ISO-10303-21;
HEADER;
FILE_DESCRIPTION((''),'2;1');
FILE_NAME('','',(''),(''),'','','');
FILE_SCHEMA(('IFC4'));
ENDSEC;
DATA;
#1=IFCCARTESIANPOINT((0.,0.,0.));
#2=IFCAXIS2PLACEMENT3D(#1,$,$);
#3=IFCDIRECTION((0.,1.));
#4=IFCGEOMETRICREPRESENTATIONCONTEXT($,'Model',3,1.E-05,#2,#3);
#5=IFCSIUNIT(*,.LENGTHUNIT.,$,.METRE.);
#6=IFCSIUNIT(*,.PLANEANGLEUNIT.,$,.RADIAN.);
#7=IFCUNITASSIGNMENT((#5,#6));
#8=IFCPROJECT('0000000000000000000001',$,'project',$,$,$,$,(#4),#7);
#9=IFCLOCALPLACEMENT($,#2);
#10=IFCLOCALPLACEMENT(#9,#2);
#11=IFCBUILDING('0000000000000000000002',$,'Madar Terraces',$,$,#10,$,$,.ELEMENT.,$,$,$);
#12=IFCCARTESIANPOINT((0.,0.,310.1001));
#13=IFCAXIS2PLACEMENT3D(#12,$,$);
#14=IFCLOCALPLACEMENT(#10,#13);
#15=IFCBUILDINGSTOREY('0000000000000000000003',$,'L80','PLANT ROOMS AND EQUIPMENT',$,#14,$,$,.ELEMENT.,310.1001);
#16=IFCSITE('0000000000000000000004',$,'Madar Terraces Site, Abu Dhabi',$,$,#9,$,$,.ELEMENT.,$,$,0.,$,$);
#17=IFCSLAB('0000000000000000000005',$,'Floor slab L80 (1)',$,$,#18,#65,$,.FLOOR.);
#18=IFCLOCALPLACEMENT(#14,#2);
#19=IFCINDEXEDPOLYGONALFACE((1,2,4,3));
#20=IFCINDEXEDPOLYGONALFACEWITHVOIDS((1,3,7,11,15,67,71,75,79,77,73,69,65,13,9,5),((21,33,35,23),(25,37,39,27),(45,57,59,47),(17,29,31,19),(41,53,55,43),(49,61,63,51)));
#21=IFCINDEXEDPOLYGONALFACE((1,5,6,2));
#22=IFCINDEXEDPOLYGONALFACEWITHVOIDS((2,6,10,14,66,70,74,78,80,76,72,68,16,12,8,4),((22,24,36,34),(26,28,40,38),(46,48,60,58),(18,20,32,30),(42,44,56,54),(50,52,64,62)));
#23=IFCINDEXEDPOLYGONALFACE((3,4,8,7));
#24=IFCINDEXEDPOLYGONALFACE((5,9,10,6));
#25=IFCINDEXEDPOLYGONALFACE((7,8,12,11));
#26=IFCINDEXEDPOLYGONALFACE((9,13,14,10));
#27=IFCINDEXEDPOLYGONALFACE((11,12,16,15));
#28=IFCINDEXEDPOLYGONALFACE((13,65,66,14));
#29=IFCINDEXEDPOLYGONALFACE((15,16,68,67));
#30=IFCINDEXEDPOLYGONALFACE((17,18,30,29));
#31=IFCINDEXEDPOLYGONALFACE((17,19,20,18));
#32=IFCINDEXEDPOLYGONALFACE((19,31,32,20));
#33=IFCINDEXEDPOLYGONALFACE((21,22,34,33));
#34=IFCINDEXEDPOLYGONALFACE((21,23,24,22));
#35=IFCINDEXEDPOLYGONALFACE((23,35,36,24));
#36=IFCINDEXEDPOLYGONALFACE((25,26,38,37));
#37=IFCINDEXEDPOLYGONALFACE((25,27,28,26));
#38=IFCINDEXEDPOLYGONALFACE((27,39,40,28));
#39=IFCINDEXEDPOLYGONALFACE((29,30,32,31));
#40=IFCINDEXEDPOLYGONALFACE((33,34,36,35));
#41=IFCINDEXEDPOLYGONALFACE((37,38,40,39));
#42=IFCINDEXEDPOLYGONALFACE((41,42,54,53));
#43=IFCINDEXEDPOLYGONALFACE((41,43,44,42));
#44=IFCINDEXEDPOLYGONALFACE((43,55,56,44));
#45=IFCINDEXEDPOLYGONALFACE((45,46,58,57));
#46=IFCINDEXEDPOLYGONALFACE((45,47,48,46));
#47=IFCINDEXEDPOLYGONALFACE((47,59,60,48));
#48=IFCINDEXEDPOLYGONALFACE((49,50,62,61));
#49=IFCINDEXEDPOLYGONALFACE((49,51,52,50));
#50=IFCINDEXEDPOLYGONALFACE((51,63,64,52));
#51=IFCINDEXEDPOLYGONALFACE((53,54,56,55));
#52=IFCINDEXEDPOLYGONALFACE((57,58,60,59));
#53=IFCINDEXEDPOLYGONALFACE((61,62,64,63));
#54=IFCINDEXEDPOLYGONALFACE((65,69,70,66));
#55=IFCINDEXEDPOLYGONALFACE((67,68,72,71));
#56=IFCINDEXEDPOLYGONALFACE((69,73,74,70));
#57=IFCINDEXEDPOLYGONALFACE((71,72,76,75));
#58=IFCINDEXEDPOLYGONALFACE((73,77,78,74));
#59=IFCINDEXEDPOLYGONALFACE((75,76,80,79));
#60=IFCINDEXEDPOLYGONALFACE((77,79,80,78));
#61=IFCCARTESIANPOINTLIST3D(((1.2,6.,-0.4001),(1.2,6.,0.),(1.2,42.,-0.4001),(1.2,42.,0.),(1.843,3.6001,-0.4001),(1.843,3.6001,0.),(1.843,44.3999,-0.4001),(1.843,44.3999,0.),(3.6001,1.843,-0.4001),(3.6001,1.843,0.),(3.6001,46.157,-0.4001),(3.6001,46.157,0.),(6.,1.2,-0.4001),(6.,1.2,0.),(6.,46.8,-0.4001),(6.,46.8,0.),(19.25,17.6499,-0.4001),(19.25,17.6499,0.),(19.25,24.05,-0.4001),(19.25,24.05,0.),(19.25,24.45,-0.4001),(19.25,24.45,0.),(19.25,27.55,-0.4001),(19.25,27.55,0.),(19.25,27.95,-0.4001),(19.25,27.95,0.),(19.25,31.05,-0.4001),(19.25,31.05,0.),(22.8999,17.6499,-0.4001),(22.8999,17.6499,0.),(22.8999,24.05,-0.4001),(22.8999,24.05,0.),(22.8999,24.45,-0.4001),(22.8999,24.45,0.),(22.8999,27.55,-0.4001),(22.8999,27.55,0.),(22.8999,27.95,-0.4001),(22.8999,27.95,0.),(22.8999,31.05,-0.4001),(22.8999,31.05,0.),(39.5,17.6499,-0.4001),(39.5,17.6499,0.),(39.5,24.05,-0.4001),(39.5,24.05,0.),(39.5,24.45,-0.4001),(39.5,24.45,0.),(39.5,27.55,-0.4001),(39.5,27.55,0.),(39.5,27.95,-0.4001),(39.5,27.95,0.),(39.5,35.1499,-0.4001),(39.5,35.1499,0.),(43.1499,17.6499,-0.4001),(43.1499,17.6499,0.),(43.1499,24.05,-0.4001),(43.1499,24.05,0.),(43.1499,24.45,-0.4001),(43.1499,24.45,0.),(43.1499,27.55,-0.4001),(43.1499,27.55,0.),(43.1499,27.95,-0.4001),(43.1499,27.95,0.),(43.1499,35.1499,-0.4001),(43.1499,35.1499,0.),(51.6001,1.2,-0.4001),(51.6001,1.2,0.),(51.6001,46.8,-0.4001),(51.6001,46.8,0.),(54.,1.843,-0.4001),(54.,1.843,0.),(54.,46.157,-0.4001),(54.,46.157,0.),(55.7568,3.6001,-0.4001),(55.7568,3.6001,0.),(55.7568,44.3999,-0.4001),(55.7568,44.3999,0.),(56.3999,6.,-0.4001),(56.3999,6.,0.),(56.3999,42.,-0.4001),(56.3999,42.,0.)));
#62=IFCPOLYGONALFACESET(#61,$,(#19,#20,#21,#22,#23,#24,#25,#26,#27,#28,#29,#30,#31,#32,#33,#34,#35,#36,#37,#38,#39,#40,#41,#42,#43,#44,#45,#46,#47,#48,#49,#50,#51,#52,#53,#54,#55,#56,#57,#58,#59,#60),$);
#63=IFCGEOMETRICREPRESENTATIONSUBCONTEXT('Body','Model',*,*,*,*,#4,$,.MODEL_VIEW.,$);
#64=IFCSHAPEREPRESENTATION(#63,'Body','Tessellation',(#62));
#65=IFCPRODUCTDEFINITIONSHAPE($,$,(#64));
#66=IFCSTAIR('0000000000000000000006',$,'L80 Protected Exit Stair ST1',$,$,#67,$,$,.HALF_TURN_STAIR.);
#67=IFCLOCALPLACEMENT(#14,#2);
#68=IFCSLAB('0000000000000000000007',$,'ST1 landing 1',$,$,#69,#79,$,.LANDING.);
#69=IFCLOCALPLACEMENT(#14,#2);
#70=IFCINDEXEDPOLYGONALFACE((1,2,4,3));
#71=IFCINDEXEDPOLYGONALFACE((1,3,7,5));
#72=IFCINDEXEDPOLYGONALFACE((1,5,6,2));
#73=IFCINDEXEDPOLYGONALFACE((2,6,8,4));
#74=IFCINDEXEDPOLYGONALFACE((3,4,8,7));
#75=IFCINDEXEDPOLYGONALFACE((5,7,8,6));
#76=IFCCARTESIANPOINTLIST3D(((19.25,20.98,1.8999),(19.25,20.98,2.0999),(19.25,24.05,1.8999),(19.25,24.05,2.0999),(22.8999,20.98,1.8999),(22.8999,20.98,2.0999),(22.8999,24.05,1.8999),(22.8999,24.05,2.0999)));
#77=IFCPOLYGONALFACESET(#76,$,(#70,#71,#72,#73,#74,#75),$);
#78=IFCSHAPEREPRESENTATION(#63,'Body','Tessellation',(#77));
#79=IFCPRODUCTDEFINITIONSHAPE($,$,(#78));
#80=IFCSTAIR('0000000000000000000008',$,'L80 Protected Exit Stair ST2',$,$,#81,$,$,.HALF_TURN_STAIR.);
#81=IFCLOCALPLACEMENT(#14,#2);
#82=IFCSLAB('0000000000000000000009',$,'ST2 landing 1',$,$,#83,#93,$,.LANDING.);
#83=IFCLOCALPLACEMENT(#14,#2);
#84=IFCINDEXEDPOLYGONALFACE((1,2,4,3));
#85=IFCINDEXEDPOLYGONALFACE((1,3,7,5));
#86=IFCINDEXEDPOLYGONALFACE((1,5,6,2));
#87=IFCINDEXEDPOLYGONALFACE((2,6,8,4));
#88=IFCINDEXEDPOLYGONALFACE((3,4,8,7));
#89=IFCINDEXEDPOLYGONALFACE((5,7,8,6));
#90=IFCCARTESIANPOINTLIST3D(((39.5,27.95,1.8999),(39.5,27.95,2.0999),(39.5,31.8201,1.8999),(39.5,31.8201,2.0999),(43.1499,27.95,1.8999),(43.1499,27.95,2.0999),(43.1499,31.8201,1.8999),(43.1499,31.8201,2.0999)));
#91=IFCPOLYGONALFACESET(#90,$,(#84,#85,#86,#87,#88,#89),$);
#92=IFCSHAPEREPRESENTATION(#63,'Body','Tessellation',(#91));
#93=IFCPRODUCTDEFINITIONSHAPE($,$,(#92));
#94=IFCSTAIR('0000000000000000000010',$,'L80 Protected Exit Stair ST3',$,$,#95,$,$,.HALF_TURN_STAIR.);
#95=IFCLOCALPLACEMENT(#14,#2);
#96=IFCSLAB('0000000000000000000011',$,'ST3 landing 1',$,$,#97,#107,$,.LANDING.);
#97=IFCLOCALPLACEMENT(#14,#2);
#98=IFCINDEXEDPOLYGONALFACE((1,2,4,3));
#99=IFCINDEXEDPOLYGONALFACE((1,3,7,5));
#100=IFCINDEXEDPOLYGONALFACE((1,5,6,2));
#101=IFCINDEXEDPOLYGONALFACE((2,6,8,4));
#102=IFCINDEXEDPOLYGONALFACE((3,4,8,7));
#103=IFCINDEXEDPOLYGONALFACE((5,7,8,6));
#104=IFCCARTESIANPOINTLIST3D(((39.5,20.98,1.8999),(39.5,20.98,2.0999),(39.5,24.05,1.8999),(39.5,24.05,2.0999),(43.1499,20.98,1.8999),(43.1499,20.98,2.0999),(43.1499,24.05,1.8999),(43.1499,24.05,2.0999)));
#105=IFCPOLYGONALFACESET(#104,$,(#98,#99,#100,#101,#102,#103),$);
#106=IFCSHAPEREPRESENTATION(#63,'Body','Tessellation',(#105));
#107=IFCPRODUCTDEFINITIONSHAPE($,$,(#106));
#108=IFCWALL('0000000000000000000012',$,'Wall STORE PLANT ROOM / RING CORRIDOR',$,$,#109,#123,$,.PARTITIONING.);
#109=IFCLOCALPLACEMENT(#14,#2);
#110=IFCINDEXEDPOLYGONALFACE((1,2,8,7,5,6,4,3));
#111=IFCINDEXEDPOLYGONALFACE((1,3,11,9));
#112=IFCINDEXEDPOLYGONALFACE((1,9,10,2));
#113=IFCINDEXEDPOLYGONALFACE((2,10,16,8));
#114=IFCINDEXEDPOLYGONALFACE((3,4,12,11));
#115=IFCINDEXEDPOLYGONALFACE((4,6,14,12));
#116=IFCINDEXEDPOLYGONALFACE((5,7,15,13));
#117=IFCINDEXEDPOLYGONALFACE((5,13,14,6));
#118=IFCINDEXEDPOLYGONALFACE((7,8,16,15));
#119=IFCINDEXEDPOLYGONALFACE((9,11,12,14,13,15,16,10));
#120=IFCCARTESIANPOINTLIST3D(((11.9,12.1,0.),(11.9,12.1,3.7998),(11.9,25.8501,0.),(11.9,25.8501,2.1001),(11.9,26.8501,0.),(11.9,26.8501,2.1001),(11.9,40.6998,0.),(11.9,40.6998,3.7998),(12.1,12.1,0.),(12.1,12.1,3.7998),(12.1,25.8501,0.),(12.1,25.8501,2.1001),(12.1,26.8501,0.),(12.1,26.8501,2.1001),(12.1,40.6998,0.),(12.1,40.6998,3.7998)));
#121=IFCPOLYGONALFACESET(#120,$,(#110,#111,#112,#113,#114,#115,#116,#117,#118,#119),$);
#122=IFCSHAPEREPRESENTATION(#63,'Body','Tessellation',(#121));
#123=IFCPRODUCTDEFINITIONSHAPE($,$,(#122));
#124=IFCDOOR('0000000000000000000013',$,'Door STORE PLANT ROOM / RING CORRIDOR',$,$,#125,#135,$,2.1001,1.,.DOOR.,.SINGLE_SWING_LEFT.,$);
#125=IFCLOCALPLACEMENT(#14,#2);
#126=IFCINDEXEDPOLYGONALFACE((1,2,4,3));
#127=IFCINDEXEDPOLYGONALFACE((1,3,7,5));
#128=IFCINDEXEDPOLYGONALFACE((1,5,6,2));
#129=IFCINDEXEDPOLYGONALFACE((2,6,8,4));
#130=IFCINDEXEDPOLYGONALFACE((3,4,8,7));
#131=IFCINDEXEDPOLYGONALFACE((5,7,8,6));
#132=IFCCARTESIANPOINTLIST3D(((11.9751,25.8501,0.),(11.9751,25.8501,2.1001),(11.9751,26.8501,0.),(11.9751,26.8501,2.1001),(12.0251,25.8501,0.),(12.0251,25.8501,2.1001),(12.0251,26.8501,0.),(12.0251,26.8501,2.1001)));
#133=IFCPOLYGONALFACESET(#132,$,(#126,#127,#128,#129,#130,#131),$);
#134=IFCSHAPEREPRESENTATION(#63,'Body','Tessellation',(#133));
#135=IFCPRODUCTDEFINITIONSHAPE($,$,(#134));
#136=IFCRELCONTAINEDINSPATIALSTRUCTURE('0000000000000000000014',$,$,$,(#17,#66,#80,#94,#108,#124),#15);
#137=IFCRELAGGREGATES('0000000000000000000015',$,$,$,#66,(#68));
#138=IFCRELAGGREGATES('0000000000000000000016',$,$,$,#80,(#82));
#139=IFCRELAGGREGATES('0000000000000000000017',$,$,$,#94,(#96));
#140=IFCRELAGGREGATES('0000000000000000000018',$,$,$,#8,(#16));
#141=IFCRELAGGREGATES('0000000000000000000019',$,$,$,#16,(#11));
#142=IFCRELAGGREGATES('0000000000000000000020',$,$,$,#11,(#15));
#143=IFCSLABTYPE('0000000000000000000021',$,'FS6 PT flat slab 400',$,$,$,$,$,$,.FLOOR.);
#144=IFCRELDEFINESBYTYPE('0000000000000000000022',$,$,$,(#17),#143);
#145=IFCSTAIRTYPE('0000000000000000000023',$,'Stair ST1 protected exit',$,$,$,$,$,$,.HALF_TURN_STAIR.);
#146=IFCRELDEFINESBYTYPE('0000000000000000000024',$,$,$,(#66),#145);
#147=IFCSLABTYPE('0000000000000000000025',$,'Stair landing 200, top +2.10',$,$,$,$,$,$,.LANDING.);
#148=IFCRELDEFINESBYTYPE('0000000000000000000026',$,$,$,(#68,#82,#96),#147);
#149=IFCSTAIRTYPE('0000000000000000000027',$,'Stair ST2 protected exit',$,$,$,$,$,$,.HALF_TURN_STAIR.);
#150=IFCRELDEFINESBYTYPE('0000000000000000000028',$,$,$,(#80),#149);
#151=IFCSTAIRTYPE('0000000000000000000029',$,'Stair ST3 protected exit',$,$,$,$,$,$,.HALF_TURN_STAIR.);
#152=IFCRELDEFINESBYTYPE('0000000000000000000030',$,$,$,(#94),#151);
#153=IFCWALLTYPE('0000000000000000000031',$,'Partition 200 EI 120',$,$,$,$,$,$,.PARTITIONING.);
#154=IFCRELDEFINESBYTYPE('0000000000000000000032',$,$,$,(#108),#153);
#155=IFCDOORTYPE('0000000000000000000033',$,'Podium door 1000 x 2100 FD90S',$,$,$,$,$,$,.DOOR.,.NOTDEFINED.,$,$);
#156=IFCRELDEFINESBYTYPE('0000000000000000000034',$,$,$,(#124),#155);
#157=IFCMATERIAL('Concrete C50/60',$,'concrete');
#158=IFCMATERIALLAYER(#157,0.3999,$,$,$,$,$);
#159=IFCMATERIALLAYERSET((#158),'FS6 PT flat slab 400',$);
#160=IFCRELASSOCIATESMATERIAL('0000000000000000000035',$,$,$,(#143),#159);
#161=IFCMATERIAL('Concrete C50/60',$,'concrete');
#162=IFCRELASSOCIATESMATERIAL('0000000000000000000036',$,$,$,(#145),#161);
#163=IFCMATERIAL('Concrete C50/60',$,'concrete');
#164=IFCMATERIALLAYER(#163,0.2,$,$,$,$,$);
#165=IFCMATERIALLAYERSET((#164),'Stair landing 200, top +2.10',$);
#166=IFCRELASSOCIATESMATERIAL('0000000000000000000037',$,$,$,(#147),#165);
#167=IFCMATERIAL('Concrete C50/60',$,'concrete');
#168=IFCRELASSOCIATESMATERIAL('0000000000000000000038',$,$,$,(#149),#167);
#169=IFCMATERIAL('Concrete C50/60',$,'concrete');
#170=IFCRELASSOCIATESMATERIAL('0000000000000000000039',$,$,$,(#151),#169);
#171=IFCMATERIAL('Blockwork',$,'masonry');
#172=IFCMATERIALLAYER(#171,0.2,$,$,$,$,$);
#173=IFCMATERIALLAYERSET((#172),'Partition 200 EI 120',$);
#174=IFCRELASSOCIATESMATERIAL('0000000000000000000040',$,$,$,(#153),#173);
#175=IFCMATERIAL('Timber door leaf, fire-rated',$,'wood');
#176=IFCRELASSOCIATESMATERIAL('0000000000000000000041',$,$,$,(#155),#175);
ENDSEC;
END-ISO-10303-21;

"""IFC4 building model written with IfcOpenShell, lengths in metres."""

from ifc_helpers import new_model, si_unit, direction, frame, frame_2d, origin, place, context, subcontext, project, spatial, polyline, rectangle, outline, extrude, material, layer, layer_set, type_object, element, fill, aggregate, save


model = new_model("IFC4")

# Units and contexts
model_context = context("Model", 3, precision=1e-05, world=origin(), true_north=direction((0.0, 1.0)))
body_context = subcontext(model_context, "Body", "Model", "MODEL_VIEW")
ifc_project = project(units=[si_unit("LENGTHUNIT", "METRE"), si_unit("PLANEANGLEUNIT", "RADIAN")], contexts=[model_context])

# Site, building, storey
site_placement = place(None, origin())
site = spatial("IfcSite", under=ifc_project, at=site_placement, Name="Madar Terraces Site, Abu Dhabi", CompositionType="ELEMENT", RefElevation=0.0)
building_placement = place(site_placement, origin())
building = spatial("IfcBuilding", under=site, at=building_placement, Name="Madar Terraces", CompositionType="ELEMENT")
storey_placement = place(building_placement, frame((0.0, 0.0, 310.1001)))
storey = spatial("IfcBuildingStorey", under=building, at=storey_placement, Name="L80", Description="PLANT ROOMS AND EQUIPMENT", CompositionType="ELEMENT", Elevation=310.1001)

# Slab
ifc_material_1 = material(Name="Concrete C50/60", Category="concrete")
ifc_layer_1 = layer(ifc_material_1, 0.3999)
ifc_layer_set_1 = layer_set([ifc_layer_1], Name="FS6 PT flat slab 400")
slab_type_1 = type_object("IfcSlabType", Name="FS6 PT flat slab 400", PredefinedType="FLOOR", material=ifc_layer_set_1)
slab_1_placement = place(storey_placement, frame((0.0, 0.0, -0.4001)))
element("IfcSlab", 1, at=slab_1_placement, inside=storey, type_object=slab_type_1, Name="Floor slab L80 (1)", PredefinedType="FLOOR", context=body_context, shape_type="SweptSolid", body=[
    extrude(outline(polyline([(51.6001, 1.2), (54.0, 1.843), (55.7568, 3.6001), (56.3999, 6.0), (56.3999, 42.0), (55.7568, 44.3999), (54.0, 46.157), (51.6001, 46.8), (6.0, 46.8), (3.6001, 46.157), (1.843, 44.3999), (1.2, 42.0), (1.2, 6.0), (1.843, 3.6001), (3.6001, 1.843), (6.0, 1.2), (51.6001, 1.2)]), holes=[polyline([(22.8999, 24.05), (22.8999, 17.6499), (19.25, 17.6499), (19.25, 24.05), (22.8999, 24.05)]), polyline([(43.1499, 17.6499), (39.5, 17.6499), (39.5, 24.05), (43.1499, 24.05), (43.1499, 17.6499)]), polyline([(22.8999, 24.45), (19.25, 24.45), (19.25, 27.55), (22.8999, 27.55), (22.8999, 24.45)]), polyline([(43.1499, 27.55), (43.1499, 24.45), (39.5, 24.45), (39.5, 27.55), (43.1499, 27.55)]), polyline([(22.8999, 27.95), (19.25, 27.95), (19.25, 31.05), (22.8999, 31.05), (22.8999, 27.95)]), polyline([(43.1499, 27.95), (39.5, 27.95), (39.5, 35.1499), (43.1499, 35.1499), (43.1499, 27.95)])]), origin(), (0.0, 0.0, 1.0), 0.4001),
])

# Stairs, slabs
ifc_material_2 = material(Name="Concrete C50/60", Category="concrete")
stair_type_1 = type_object("IfcStairType", Name="Stair ST1 protected exit", PredefinedType="HALF_TURN_STAIR", material=ifc_material_2)
stair_1_placement = place(storey_placement, origin())
stair_1 = element("IfcStair", 2, at=stair_1_placement, inside=storey, type_object=stair_type_1, Name="L80 Protected Exit Stair ST1", PredefinedType="HALF_TURN_STAIR")
ifc_material_3 = material(Name="Concrete C50/60", Category="concrete")
ifc_layer_2 = layer(ifc_material_3, 0.2)
ifc_layer_set_2 = layer_set([ifc_layer_2], Name="Stair landing 200, top +2.10")
slab_type_2 = type_object("IfcSlabType", Name="Stair landing 200, top +2.10", PredefinedType="LANDING", material=ifc_layer_set_2)
slab_2_placement = place(storey_placement, frame((0.0, 0.0, 1.8999)))
slab_2 = element("IfcSlab", 3, at=slab_2_placement, type_object=slab_type_2, Name="ST1 landing 1", PredefinedType="LANDING", context=body_context, shape_type="SweptSolid", body=[
    extrude(outline(polyline([(19.25, 20.98), (22.8999, 20.98), (22.8999, 24.05), (19.25, 24.05), (19.25, 20.98)])), origin(), (0.0, 0.0, 1.0), 0.2),
])
aggregate(stair_1, [slab_2])
ifc_material_4 = material(Name="Concrete C50/60", Category="concrete")
stair_type_2 = type_object("IfcStairType", Name="Stair ST2 protected exit", PredefinedType="HALF_TURN_STAIR", material=ifc_material_4)
stair_2_placement = place(storey_placement, origin())
stair_2 = element("IfcStair", 4, at=stair_2_placement, inside=storey, type_object=stair_type_2, Name="L80 Protected Exit Stair ST2", PredefinedType="HALF_TURN_STAIR")
slab_3_placement = place(storey_placement, frame((0.0, 0.0, 1.8999)))
slab_3 = element("IfcSlab", 5, at=slab_3_placement, type_object=slab_type_2, Name="ST2 landing 1", PredefinedType="LANDING", context=body_context, shape_type="SweptSolid", body=[
    extrude(outline(polyline([(39.5, 27.95), (43.1499, 27.95), (43.1499, 31.8201), (39.5, 31.8201), (39.5, 27.95)])), origin(), (0.0, 0.0, 1.0), 0.2),
])
aggregate(stair_2, [slab_3])
ifc_material_5 = material(Name="Concrete C50/60", Category="concrete")
stair_type_3 = type_object("IfcStairType", Name="Stair ST3 protected exit", PredefinedType="HALF_TURN_STAIR", material=ifc_material_5)
stair_3_placement = place(storey_placement, origin())
stair_3 = element("IfcStair", 6, at=stair_3_placement, inside=storey, type_object=stair_type_3, Name="L80 Protected Exit Stair ST3", PredefinedType="HALF_TURN_STAIR")
slab_4_placement = place(storey_placement, frame((0.0, 0.0, 1.8999)))
slab_4 = element("IfcSlab", 7, at=slab_4_placement, type_object=slab_type_2, Name="ST3 landing 1", PredefinedType="LANDING", context=body_context, shape_type="SweptSolid", body=[
    extrude(outline(polyline([(39.5, 20.98), (43.1499, 20.98), (43.1499, 24.05), (39.5, 24.05), (39.5, 20.98)])), origin(), (0.0, 0.0, 1.0), 0.2),
])
aggregate(stair_3, [slab_4])

# Wall, opening, door
ifc_material_6 = material(Name="Blockwork", Category="masonry")
ifc_layer_3 = layer(ifc_material_6, 0.2)
ifc_layer_set_3 = layer_set([ifc_layer_3], Name="Partition 200 EI 120")
wall_type = type_object("IfcWallType", Name="Partition 200 EI 120", PredefinedType="PARTITIONING", material=ifc_layer_set_3)
wall_placement = place(storey_placement, frame((12.0, 12.1001, 0.0), z_axis=(0.0, 0.0, 1.0), x_axis=(0.0, 1.0, 0.0)))
wall = element("IfcWall", 8, at=wall_placement, inside=storey, type_object=wall_type, Name="Wall STORE PLANT ROOM / RING CORRIDOR", PredefinedType="PARTITIONING", context=body_context, shape_type="SweptSolid", body=[
    extrude(rectangle(XDim=28.5999, YDim=0.2, at=frame_2d((14.2998, 0.0))), origin(), (0.0, 0.0, 1.0), 3.7998),
])
opening_placement = place(wall_placement, frame((13.75, 0.0, 0.0)))
opening = element("IfcOpeningElement", 9, at=opening_placement, cuts=wall, PredefinedType="OPENING", context=body_context, shape_type="SweptSolid", body=[
    extrude(rectangle(XDim=1.0, YDim=2.1001, at=frame_2d((0.5, 1.05))), frame((0.0, 0.1099, 0.0), z_axis=(0.0, -1.0, 0.0), x_axis=(1.0, 0.0, 0.0)), (0.0, 0.0, 1.0), 0.22),
])
ifc_material_7 = material(Name="Timber door leaf, fire-rated", Category="wood")
door_type = type_object("IfcDoorType", Name="Podium door 1000 x 2100 FD90S", OperationType="NOTDEFINED", PredefinedType="DOOR", material=ifc_material_7)
door_placement = place(opening_placement, origin())
door = element("IfcDoor", 10, at=door_placement, inside=storey, type_object=door_type, Name="Door STORE PLANT ROOM / RING CORRIDOR", OperationType="SINGLE_SWING_LEFT", OverallHeight=2.1001, OverallWidth=1.0, PredefinedType="DOOR", context=body_context, shape_type="SweptSolid", body=[
    extrude(rectangle(XDim=1.0, YDim=2.1001, at=frame_2d((0.5, 1.05))), frame((0.0, 0.0249, 0.0), z_axis=(0.0, -1.0, 0.0), x_axis=(1.0, 0.0, 0.0)), (0.0, 0.0, 1.0), 0.05),
])
fill(opening, door)

save(model, "model.ifc")
